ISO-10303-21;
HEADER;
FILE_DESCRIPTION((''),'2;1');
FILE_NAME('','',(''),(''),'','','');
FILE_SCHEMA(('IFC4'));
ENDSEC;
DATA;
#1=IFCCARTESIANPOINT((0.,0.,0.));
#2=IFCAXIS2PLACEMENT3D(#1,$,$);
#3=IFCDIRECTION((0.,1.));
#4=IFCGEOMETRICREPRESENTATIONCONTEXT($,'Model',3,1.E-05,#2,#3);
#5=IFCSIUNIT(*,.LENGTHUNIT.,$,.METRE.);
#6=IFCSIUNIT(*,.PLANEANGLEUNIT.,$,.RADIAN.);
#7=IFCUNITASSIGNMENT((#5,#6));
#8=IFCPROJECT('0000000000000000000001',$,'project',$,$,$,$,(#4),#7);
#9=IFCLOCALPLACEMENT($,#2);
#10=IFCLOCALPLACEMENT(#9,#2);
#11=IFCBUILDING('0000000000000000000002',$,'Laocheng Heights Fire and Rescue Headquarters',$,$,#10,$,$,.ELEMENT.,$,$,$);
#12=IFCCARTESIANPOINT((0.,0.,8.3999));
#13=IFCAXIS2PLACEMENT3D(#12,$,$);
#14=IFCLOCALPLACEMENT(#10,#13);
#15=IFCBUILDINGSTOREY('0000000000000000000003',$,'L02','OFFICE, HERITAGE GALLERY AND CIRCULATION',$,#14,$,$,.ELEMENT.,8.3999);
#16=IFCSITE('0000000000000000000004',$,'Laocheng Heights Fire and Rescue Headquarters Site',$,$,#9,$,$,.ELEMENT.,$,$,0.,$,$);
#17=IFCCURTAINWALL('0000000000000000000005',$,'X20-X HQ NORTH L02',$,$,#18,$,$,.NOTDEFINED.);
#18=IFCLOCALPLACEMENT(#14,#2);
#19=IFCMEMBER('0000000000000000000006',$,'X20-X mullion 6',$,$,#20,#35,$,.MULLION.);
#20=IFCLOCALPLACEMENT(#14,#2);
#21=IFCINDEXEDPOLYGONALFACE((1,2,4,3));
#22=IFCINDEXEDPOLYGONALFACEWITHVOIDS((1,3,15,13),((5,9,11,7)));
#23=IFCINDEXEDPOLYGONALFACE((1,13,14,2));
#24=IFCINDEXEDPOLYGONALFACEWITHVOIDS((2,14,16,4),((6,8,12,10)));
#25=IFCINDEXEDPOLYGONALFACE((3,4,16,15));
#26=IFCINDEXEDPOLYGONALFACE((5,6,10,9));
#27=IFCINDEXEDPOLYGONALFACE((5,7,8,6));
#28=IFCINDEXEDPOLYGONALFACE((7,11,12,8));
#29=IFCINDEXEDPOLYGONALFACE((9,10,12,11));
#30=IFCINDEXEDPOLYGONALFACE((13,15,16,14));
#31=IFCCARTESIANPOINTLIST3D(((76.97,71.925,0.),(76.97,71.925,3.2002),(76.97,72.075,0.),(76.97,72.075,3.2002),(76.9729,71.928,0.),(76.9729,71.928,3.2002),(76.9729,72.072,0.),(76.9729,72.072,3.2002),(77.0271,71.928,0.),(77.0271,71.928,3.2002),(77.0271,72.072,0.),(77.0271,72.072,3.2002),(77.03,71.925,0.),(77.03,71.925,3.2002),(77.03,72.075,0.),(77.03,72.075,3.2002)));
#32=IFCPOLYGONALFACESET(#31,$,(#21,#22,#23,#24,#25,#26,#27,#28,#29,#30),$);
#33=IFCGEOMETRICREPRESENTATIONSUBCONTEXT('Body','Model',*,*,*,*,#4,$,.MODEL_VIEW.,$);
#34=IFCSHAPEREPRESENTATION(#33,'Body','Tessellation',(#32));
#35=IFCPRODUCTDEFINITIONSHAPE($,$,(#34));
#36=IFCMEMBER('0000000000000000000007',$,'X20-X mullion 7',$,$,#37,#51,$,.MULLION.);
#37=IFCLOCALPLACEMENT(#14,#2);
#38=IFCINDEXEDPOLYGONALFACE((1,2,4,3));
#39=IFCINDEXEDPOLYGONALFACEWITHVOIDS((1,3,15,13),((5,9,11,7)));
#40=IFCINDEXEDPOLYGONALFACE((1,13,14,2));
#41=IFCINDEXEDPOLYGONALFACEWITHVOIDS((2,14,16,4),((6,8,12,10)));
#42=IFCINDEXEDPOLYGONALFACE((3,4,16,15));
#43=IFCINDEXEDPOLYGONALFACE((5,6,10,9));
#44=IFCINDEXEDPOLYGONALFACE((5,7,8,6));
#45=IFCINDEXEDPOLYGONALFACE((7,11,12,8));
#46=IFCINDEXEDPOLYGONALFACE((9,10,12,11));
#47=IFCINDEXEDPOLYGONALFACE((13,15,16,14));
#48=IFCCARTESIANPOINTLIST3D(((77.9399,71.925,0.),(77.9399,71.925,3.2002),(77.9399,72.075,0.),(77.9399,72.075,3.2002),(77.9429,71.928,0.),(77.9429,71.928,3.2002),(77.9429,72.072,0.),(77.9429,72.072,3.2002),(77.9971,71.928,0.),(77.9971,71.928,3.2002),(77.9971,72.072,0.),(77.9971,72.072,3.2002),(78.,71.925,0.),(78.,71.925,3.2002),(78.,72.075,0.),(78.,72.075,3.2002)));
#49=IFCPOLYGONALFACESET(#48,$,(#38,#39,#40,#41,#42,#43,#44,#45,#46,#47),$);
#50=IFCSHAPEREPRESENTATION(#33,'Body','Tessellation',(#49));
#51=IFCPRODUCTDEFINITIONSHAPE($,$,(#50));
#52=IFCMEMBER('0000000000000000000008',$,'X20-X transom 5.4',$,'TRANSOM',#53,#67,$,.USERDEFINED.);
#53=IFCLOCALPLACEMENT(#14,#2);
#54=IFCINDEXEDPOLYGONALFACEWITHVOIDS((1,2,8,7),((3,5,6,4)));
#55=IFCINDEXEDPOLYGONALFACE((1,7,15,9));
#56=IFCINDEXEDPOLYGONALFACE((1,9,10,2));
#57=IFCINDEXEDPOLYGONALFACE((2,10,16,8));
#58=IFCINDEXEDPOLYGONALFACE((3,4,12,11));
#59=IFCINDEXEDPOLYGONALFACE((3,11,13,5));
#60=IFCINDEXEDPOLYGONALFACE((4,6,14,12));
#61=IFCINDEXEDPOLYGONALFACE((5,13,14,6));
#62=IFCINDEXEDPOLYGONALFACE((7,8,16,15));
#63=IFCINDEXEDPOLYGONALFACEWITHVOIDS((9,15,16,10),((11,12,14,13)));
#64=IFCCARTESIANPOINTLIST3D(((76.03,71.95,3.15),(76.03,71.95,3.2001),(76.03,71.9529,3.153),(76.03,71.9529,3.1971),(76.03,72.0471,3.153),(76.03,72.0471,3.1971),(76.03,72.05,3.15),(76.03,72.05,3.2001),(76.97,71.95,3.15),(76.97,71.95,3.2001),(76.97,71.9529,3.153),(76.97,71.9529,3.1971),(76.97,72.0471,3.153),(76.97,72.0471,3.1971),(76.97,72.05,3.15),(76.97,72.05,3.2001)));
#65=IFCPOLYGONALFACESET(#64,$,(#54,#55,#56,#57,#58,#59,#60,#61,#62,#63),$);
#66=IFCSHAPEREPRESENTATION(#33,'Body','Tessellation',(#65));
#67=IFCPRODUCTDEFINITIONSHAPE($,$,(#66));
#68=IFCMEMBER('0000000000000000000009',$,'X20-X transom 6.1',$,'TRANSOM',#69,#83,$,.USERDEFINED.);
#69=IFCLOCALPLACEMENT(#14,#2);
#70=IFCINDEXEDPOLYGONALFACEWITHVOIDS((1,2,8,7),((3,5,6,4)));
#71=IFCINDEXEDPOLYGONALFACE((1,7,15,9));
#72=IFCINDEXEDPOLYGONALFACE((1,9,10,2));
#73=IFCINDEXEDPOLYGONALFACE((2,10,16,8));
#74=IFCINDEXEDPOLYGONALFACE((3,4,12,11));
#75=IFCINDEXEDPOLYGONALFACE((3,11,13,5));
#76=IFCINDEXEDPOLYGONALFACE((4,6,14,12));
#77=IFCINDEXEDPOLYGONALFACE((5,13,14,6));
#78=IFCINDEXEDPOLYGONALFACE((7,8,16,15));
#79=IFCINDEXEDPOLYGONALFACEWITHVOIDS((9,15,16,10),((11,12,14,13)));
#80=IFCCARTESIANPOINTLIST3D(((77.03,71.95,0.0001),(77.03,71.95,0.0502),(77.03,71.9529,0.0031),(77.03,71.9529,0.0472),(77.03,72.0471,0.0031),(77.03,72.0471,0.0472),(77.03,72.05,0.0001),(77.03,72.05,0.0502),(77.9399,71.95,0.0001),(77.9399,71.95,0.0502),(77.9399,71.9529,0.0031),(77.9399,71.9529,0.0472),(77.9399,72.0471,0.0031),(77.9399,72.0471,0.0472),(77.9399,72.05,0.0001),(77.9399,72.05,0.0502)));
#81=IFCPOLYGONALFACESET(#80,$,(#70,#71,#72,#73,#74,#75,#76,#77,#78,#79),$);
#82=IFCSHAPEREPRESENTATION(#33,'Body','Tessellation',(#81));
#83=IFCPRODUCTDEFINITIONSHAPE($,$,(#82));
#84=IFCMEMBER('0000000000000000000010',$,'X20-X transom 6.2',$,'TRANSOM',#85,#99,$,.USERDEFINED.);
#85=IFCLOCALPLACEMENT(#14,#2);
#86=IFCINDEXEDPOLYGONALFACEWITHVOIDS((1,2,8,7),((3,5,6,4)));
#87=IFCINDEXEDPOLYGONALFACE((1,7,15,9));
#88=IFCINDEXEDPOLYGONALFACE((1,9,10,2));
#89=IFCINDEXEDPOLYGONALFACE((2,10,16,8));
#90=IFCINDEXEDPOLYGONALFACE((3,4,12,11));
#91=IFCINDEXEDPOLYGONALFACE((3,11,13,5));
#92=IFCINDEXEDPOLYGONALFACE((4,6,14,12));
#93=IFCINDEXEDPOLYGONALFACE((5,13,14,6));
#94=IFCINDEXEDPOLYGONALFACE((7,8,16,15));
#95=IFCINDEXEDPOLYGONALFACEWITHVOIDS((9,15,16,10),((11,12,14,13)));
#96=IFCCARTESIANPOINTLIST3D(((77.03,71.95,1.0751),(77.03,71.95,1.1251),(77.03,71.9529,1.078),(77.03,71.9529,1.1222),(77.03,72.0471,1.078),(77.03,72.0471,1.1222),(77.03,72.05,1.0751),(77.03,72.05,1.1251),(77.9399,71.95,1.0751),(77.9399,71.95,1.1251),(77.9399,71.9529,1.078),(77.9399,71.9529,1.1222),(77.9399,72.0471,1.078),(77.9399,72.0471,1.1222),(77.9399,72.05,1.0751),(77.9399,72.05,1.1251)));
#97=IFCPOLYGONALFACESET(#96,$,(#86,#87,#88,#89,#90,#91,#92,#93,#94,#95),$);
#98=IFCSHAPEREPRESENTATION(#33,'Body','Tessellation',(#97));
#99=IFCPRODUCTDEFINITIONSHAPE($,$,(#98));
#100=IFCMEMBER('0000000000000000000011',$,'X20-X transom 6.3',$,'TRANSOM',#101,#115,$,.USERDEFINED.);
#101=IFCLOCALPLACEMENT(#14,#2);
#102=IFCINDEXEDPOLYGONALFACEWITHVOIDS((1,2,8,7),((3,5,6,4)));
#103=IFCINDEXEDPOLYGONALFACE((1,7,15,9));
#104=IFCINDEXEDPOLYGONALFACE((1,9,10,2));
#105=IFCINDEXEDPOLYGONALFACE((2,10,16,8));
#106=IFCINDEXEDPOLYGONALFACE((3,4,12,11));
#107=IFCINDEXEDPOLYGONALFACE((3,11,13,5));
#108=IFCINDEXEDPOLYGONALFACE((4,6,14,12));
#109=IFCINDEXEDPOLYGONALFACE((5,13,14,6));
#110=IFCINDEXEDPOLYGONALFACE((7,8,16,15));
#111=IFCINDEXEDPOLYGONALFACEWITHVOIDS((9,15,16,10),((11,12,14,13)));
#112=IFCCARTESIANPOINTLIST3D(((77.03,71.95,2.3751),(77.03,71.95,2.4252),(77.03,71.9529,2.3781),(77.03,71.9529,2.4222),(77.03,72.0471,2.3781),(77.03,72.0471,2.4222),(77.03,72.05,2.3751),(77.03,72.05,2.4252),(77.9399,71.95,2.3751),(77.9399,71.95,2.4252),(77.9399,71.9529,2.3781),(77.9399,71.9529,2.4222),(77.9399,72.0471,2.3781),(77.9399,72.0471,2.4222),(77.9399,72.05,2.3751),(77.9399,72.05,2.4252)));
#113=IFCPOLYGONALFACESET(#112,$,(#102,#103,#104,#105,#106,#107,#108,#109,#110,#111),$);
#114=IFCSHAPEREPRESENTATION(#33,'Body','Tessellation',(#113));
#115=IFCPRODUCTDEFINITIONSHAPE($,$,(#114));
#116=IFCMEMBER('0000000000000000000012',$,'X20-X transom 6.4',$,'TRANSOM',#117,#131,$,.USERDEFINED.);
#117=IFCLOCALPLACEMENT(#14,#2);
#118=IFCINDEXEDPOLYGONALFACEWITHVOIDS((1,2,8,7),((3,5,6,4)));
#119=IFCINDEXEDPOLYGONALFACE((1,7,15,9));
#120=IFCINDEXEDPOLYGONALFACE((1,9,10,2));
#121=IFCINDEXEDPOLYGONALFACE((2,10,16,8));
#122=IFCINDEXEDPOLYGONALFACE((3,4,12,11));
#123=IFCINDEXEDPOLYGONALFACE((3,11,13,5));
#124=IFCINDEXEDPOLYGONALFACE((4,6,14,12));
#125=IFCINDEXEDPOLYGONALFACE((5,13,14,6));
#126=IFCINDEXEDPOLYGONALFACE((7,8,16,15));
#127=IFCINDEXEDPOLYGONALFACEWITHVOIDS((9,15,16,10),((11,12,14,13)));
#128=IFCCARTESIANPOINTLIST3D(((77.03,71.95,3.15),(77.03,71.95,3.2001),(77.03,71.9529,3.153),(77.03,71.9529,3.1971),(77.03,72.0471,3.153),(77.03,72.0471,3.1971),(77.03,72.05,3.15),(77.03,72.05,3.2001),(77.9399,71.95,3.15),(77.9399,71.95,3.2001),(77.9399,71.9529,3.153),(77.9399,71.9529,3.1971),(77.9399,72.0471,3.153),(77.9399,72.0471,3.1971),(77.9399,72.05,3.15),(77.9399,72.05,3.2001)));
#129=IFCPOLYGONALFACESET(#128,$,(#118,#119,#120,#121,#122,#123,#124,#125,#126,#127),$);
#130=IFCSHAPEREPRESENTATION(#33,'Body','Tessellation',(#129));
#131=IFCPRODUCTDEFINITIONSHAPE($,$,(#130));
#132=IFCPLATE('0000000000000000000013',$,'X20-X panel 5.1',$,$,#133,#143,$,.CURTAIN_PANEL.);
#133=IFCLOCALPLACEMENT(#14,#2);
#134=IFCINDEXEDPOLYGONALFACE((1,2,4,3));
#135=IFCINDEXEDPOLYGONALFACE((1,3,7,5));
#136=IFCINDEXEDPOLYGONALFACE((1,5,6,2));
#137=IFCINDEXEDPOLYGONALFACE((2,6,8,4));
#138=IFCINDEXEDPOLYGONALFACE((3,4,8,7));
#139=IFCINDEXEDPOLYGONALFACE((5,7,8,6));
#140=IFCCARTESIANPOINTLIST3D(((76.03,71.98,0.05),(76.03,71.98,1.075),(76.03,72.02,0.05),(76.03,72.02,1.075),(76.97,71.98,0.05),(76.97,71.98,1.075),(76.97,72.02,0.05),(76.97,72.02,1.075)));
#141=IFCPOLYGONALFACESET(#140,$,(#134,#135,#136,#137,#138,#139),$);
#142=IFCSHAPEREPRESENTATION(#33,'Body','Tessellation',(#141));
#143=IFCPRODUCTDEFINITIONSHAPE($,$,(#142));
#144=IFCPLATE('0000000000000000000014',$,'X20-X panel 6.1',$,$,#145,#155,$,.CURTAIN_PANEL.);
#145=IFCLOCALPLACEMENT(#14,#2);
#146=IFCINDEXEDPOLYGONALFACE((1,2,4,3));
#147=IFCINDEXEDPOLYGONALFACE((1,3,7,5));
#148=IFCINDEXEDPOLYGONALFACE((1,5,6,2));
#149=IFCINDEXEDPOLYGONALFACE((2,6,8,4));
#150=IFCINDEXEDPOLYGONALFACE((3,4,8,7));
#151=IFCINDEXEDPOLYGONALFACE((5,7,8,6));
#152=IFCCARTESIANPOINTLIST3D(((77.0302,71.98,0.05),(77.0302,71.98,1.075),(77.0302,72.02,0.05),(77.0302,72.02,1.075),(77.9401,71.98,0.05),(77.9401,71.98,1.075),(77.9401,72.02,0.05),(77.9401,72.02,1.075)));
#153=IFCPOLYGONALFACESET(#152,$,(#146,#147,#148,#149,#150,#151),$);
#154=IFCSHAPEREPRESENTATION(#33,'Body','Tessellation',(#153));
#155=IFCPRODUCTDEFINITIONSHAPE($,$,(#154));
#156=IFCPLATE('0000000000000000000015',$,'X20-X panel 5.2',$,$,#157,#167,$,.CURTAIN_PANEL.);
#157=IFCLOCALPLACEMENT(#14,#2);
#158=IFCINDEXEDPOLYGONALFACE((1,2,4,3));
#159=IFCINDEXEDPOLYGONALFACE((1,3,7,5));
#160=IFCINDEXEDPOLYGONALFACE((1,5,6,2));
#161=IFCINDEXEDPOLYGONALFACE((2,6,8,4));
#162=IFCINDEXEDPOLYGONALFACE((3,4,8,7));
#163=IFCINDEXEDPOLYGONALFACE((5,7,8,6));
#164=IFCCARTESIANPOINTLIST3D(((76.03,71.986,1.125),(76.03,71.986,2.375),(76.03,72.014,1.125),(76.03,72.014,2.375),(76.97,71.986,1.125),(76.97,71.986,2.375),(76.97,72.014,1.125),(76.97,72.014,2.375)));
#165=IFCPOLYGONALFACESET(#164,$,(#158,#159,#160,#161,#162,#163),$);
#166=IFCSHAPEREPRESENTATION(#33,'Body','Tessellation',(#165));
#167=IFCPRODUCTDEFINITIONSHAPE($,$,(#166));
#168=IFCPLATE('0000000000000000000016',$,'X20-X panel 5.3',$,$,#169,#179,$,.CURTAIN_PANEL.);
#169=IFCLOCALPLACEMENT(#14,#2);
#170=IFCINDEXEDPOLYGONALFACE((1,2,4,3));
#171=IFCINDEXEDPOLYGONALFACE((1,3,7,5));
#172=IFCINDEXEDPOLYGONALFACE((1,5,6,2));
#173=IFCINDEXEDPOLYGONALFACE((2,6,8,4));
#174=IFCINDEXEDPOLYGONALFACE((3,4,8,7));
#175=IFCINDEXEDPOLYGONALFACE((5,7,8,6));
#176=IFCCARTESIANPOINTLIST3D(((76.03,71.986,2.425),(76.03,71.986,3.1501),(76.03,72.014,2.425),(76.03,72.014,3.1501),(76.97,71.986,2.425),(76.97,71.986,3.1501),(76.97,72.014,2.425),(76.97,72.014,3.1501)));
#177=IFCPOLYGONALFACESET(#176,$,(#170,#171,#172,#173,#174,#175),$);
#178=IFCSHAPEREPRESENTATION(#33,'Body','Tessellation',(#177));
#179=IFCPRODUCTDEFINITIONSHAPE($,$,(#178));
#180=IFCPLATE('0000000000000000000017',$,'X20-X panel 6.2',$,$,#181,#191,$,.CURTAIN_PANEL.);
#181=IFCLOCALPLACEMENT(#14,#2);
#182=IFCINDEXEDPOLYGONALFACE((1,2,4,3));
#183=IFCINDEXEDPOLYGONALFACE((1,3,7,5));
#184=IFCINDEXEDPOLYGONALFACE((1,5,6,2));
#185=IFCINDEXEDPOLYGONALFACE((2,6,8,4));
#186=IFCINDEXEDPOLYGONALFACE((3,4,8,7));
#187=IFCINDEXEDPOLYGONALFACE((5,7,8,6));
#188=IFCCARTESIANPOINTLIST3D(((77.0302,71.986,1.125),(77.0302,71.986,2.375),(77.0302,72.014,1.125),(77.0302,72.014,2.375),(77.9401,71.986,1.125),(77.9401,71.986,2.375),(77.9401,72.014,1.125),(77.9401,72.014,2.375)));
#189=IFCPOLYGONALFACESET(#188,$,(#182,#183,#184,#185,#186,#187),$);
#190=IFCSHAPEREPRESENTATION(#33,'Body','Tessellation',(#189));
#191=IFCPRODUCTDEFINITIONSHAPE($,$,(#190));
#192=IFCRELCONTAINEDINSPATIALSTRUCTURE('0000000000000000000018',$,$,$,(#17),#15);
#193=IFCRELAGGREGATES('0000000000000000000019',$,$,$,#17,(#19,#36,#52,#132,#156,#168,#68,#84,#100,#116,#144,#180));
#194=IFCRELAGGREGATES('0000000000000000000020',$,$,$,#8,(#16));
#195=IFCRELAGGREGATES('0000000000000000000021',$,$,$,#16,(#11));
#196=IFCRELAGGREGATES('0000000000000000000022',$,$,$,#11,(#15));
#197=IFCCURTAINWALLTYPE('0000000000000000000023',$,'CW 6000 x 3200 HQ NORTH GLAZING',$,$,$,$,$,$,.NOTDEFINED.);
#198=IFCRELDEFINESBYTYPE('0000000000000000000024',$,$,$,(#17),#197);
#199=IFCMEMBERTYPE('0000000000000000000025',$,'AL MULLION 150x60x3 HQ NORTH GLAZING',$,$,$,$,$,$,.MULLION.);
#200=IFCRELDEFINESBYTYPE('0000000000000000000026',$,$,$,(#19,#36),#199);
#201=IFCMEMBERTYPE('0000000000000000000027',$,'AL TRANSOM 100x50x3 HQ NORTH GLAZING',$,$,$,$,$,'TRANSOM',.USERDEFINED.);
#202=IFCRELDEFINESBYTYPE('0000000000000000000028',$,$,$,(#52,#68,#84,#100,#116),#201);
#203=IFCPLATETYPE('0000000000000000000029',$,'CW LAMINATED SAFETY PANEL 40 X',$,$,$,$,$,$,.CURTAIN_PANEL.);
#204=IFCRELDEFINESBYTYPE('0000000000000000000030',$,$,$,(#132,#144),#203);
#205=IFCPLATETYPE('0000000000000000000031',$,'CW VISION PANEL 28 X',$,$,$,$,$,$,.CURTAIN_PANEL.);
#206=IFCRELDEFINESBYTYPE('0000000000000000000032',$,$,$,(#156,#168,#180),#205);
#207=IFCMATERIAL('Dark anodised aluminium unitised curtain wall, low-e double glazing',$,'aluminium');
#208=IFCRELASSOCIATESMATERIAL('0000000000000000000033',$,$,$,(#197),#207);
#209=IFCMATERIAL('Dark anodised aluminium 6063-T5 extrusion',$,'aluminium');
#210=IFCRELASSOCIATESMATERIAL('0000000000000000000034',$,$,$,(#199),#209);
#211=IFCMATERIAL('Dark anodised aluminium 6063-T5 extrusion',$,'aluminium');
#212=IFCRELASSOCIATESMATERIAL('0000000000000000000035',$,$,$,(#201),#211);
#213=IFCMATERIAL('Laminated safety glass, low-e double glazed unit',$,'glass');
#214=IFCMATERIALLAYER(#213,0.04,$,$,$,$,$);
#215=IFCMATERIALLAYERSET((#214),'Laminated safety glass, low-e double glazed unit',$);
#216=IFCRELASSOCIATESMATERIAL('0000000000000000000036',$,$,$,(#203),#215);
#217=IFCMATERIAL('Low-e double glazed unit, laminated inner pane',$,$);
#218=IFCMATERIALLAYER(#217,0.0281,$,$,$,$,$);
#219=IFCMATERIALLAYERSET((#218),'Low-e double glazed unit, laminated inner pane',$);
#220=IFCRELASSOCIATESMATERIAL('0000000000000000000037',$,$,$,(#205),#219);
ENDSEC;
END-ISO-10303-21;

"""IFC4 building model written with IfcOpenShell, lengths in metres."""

from ifc_helpers import new_model, si_unit, direction, frame, origin, origin_2d, place, context, subcontext, project, spatial, rectangle, hollow_rectangle, extrude, material, layer, layer_set, material_profile, profile_set, type_object, element, aggregate, save


model = new_model("IFC4")

# Units and contexts
model_context = context("Model", 3, precision=1e-05, world=origin(), true_north=direction((0.0, 1.0)))
body_context = subcontext(model_context, "Body", "Model", "MODEL_VIEW")
ifc_project = project(units=[si_unit("LENGTHUNIT", "METRE"), si_unit("PLANEANGLEUNIT", "RADIAN")], contexts=[model_context])

# Site, building, storey
site_placement = place(None, origin())
site = spatial("IfcSite", under=ifc_project, at=site_placement, Name="Laocheng Heights Fire and Rescue Headquarters Site", CompositionType="ELEMENT", RefElevation=0.0)
building_placement = place(site_placement, origin())
building = spatial("IfcBuilding", under=site, at=building_placement, Name="Laocheng Heights Fire and Rescue Headquarters", CompositionType="ELEMENT")
storey_placement = place(building_placement, frame((0.0, 0.0, 8.3999)))
storey = spatial("IfcBuildingStorey", under=building, at=storey_placement, Name="L02", Description="OFFICE, HERITAGE GALLERY AND CIRCULATION", CompositionType="ELEMENT", Elevation=8.3999)

# Curtain wall, members, plates
ifc_material_1 = material(Name="Dark anodised aluminium unitised curtain wall, low-e double glazing", Category="aluminium")
curtain_wall_type = type_object("IfcCurtainWallType", Name="CW 6000 x 3200 HQ NORTH GLAZING", PredefinedType="NOTDEFINED", material=ifc_material_1)
curtain_wall_placement = place(storey_placement, origin())
curtain_wall = element("IfcCurtainWall", 1, at=curtain_wall_placement, inside=storey, type_object=curtain_wall_type, Name="X20-X HQ NORTH L02", PredefinedType="NOTDEFINED")
ifc_material_2 = material(Name="Dark anodised aluminium 6063-T5 extrusion", Category="aluminium")
ifc_material_profile_1 = material_profile(ifc_material_2, hollow_rectangle(XDim=0.1499, YDim=0.0601, WallThickness=0.0029, at=origin_2d()), Name="AL MULLION 150x60x3 HQ NORTH GLAZING")
ifc_profile_set_1 = profile_set([ifc_material_profile_1], Name="Dark anodised aluminium 6063-T5 extrusion")
member_type_1 = type_object("IfcMemberType", Name="AL MULLION 150x60x3 HQ NORTH GLAZING", PredefinedType="MULLION", material=ifc_profile_set_1)
member_1_placement = place(storey_placement, frame((77.0, 72.0, 0.0), z_axis=(0.0, 0.0, 1.0), x_axis=(0.0, 1.0, 0.0)))
member_1 = element("IfcMember", 2, at=member_1_placement, type_object=member_type_1, Name="X20-X mullion 6", PredefinedType="MULLION", context=body_context, shape_type="SweptSolid", body=[
    extrude(hollow_rectangle(XDim=0.1499, YDim=0.0601, WallThickness=0.0029, at=origin_2d()), origin(), (0.0, 0.0, 1.0), 3.2002),
])
member_2_placement = place(storey_placement, frame((77.97, 72.0, 0.0), z_axis=(0.0, 0.0, 1.0), x_axis=(0.0, 1.0, 0.0)))
member_2 = element("IfcMember", 3, at=member_2_placement, type_object=member_type_1, Name="X20-X mullion 7", PredefinedType="MULLION", context=body_context, shape_type="SweptSolid", body=[
    extrude(hollow_rectangle(XDim=0.1499, YDim=0.0601, WallThickness=0.0029, at=origin_2d()), origin(), (0.0, 0.0, 1.0), 3.2002),
])
ifc_material_3 = material(Name="Dark anodised aluminium 6063-T5 extrusion", Category="aluminium")
ifc_material_profile_2 = material_profile(ifc_material_3, hollow_rectangle(XDim=0.1001, YDim=0.05, WallThickness=0.0029, at=origin_2d()), Name="AL TRANSOM 100x50x3 HQ NORTH GLAZING")
ifc_profile_set_2 = profile_set([ifc_material_profile_2], Name="Dark anodised aluminium 6063-T5 extrusion")
member_type_2 = type_object("IfcMemberType", Name="AL TRANSOM 100x50x3 HQ NORTH GLAZING", ElementType="TRANSOM", PredefinedType="USERDEFINED", material=ifc_profile_set_2)
member_3_placement = place(storey_placement, frame((76.03, 72.0, 3.175), z_axis=(1.0, 0.0, 0.0), x_axis=(0.0, 1.0, 0.0)))
member_3 = element("IfcMember", 4, at=member_3_placement, type_object=member_type_2, Name="X20-X transom 5.4", ObjectType="TRANSOM", PredefinedType="USERDEFINED", context=body_context, shape_type="SweptSolid", body=[
    extrude(hollow_rectangle(XDim=0.1001, YDim=0.05, WallThickness=0.0029, at=origin_2d()), origin(), (0.0, 0.0, 1.0), 0.9399),
])
member_4_placement = place(storey_placement, frame((77.03, 72.0, 0.0251), z_axis=(1.0, 0.0, 0.0), x_axis=(0.0, 1.0, 0.0)))
member_4 = element("IfcMember", 5, at=member_4_placement, type_object=member_type_2, Name="X20-X transom 6.1", ObjectType="TRANSOM", PredefinedType="USERDEFINED", context=body_context, shape_type="SweptSolid", body=[
    extrude(hollow_rectangle(XDim=0.1001, YDim=0.05, WallThickness=0.0029, at=origin_2d()), origin(), (0.0, 0.0, 1.0), 0.9099),
])
member_5_placement = place(storey_placement, frame((77.03, 72.0, 1.1001), z_axis=(1.0, 0.0, 0.0), x_axis=(0.0, 1.0, 0.0)))
member_5 = element("IfcMember", 6, at=member_5_placement, type_object=member_type_2, Name="X20-X transom 6.2", ObjectType="TRANSOM", PredefinedType="USERDEFINED", context=body_context, shape_type="SweptSolid", body=[
    extrude(hollow_rectangle(XDim=0.1001, YDim=0.05, WallThickness=0.0029, at=origin_2d()), origin(), (0.0, 0.0, 1.0), 0.9099),
])
member_6_placement = place(storey_placement, frame((77.03, 72.0, 2.4001), z_axis=(1.0, 0.0, 0.0), x_axis=(0.0, 1.0, 0.0)))
member_6 = element("IfcMember", 7, at=member_6_placement, type_object=member_type_2, Name="X20-X transom 6.3", ObjectType="TRANSOM", PredefinedType="USERDEFINED", context=body_context, shape_type="SweptSolid", body=[
    extrude(hollow_rectangle(XDim=0.1001, YDim=0.05, WallThickness=0.0029, at=origin_2d()), origin(), (0.0, 0.0, 1.0), 0.9099),
])
member_7_placement = place(storey_placement, frame((77.03, 72.0, 3.175), z_axis=(1.0, 0.0, 0.0), x_axis=(0.0, 1.0, 0.0)))
member_7 = element("IfcMember", 8, at=member_7_placement, type_object=member_type_2, Name="X20-X transom 6.4", ObjectType="TRANSOM", PredefinedType="USERDEFINED", context=body_context, shape_type="SweptSolid", body=[
    extrude(hollow_rectangle(XDim=0.1001, YDim=0.05, WallThickness=0.0029, at=origin_2d()), origin(), (0.0, 0.0, 1.0), 0.9099),
])
ifc_material_4 = material(Name="Laminated safety glass, low-e double glazed unit", Category="glass")
ifc_layer_1 = layer(ifc_material_4, 0.04)
ifc_layer_set_1 = layer_set([ifc_layer_1], Name="Laminated safety glass, low-e double glazed unit")
plate_type_1 = type_object("IfcPlateType", Name="CW LAMINATED SAFETY PANEL 40 X", PredefinedType="CURTAIN_PANEL", material=ifc_layer_set_1)
plate_1_placement = place(storey_placement, frame((76.5, 72.0, 0.05), z_axis=(0.0, 0.0, 1.0), x_axis=(1.0, 0.0, 0.0)))
plate_1 = element("IfcPlate", 9, at=plate_1_placement, type_object=plate_type_1, Name="X20-X panel 5.1", PredefinedType="CURTAIN_PANEL", context=body_context, shape_type="SweptSolid", body=[
    extrude(rectangle(XDim=0.9399, YDim=0.04, at=origin_2d()), origin(), (0.0, 0.0, 1.0), 1.0249),
])
plate_2_placement = place(storey_placement, frame((77.4851, 72.0, 0.05), z_axis=(0.0, 0.0, 1.0), x_axis=(1.0, 0.0, 0.0)))
plate_2 = element("IfcPlate", 10, at=plate_2_placement, type_object=plate_type_1, Name="X20-X panel 6.1", PredefinedType="CURTAIN_PANEL", context=body_context, shape_type="SweptSolid", body=[
    extrude(rectangle(XDim=0.9099, YDim=0.04, at=origin_2d()), origin(), (0.0, 0.0, 1.0), 1.0249),
])
ifc_material_5 = material(Name="Low-e double glazed unit, laminated inner pane")
ifc_layer_2 = layer(ifc_material_5, 0.0281)
ifc_layer_set_2 = layer_set([ifc_layer_2], Name="Low-e double glazed unit, laminated inner pane")
plate_type_2 = type_object("IfcPlateType", Name="CW VISION PANEL 28 X", PredefinedType="CURTAIN_PANEL", material=ifc_layer_set_2)
plate_3_placement = place(storey_placement, frame((76.5, 72.0, 1.125), z_axis=(0.0, 0.0, 1.0), x_axis=(1.0, 0.0, 0.0)))
plate_3 = element("IfcPlate", 11, at=plate_3_placement, type_object=plate_type_2, Name="X20-X panel 5.2", PredefinedType="CURTAIN_PANEL", context=body_context, shape_type="SweptSolid", body=[
    extrude(rectangle(XDim=0.9399, YDim=0.0281, at=origin_2d()), origin(), (0.0, 0.0, 1.0), 1.25),
])
plate_4_placement = place(storey_placement, frame((76.5, 72.0, 2.425), z_axis=(0.0, 0.0, 1.0), x_axis=(1.0, 0.0, 0.0)))
plate_4 = element("IfcPlate", 12, at=plate_4_placement, type_object=plate_type_2, Name="X20-X panel 5.3", PredefinedType="CURTAIN_PANEL", context=body_context, shape_type="SweptSolid", body=[
    extrude(rectangle(XDim=0.9399, YDim=0.0281, at=origin_2d()), origin(), (0.0, 0.0, 1.0), 0.7251),
])
plate_5_placement = place(storey_placement, frame((77.4851, 72.0, 1.125), z_axis=(0.0, 0.0, 1.0), x_axis=(1.0, 0.0, 0.0)))
plate_5 = element("IfcPlate", 13, at=plate_5_placement, type_object=plate_type_2, Name="X20-X panel 6.2", PredefinedType="CURTAIN_PANEL", context=body_context, shape_type="SweptSolid", body=[
    extrude(rectangle(XDim=0.9099, YDim=0.0281, at=origin_2d()), origin(), (0.0, 0.0, 1.0), 1.25),
])
aggregate(curtain_wall, [member_1, member_2, member_3, plate_1, plate_3, plate_4, member_4, member_5, member_6, member_7, plate_2, plate_5])

save(model, "model.ifc")
